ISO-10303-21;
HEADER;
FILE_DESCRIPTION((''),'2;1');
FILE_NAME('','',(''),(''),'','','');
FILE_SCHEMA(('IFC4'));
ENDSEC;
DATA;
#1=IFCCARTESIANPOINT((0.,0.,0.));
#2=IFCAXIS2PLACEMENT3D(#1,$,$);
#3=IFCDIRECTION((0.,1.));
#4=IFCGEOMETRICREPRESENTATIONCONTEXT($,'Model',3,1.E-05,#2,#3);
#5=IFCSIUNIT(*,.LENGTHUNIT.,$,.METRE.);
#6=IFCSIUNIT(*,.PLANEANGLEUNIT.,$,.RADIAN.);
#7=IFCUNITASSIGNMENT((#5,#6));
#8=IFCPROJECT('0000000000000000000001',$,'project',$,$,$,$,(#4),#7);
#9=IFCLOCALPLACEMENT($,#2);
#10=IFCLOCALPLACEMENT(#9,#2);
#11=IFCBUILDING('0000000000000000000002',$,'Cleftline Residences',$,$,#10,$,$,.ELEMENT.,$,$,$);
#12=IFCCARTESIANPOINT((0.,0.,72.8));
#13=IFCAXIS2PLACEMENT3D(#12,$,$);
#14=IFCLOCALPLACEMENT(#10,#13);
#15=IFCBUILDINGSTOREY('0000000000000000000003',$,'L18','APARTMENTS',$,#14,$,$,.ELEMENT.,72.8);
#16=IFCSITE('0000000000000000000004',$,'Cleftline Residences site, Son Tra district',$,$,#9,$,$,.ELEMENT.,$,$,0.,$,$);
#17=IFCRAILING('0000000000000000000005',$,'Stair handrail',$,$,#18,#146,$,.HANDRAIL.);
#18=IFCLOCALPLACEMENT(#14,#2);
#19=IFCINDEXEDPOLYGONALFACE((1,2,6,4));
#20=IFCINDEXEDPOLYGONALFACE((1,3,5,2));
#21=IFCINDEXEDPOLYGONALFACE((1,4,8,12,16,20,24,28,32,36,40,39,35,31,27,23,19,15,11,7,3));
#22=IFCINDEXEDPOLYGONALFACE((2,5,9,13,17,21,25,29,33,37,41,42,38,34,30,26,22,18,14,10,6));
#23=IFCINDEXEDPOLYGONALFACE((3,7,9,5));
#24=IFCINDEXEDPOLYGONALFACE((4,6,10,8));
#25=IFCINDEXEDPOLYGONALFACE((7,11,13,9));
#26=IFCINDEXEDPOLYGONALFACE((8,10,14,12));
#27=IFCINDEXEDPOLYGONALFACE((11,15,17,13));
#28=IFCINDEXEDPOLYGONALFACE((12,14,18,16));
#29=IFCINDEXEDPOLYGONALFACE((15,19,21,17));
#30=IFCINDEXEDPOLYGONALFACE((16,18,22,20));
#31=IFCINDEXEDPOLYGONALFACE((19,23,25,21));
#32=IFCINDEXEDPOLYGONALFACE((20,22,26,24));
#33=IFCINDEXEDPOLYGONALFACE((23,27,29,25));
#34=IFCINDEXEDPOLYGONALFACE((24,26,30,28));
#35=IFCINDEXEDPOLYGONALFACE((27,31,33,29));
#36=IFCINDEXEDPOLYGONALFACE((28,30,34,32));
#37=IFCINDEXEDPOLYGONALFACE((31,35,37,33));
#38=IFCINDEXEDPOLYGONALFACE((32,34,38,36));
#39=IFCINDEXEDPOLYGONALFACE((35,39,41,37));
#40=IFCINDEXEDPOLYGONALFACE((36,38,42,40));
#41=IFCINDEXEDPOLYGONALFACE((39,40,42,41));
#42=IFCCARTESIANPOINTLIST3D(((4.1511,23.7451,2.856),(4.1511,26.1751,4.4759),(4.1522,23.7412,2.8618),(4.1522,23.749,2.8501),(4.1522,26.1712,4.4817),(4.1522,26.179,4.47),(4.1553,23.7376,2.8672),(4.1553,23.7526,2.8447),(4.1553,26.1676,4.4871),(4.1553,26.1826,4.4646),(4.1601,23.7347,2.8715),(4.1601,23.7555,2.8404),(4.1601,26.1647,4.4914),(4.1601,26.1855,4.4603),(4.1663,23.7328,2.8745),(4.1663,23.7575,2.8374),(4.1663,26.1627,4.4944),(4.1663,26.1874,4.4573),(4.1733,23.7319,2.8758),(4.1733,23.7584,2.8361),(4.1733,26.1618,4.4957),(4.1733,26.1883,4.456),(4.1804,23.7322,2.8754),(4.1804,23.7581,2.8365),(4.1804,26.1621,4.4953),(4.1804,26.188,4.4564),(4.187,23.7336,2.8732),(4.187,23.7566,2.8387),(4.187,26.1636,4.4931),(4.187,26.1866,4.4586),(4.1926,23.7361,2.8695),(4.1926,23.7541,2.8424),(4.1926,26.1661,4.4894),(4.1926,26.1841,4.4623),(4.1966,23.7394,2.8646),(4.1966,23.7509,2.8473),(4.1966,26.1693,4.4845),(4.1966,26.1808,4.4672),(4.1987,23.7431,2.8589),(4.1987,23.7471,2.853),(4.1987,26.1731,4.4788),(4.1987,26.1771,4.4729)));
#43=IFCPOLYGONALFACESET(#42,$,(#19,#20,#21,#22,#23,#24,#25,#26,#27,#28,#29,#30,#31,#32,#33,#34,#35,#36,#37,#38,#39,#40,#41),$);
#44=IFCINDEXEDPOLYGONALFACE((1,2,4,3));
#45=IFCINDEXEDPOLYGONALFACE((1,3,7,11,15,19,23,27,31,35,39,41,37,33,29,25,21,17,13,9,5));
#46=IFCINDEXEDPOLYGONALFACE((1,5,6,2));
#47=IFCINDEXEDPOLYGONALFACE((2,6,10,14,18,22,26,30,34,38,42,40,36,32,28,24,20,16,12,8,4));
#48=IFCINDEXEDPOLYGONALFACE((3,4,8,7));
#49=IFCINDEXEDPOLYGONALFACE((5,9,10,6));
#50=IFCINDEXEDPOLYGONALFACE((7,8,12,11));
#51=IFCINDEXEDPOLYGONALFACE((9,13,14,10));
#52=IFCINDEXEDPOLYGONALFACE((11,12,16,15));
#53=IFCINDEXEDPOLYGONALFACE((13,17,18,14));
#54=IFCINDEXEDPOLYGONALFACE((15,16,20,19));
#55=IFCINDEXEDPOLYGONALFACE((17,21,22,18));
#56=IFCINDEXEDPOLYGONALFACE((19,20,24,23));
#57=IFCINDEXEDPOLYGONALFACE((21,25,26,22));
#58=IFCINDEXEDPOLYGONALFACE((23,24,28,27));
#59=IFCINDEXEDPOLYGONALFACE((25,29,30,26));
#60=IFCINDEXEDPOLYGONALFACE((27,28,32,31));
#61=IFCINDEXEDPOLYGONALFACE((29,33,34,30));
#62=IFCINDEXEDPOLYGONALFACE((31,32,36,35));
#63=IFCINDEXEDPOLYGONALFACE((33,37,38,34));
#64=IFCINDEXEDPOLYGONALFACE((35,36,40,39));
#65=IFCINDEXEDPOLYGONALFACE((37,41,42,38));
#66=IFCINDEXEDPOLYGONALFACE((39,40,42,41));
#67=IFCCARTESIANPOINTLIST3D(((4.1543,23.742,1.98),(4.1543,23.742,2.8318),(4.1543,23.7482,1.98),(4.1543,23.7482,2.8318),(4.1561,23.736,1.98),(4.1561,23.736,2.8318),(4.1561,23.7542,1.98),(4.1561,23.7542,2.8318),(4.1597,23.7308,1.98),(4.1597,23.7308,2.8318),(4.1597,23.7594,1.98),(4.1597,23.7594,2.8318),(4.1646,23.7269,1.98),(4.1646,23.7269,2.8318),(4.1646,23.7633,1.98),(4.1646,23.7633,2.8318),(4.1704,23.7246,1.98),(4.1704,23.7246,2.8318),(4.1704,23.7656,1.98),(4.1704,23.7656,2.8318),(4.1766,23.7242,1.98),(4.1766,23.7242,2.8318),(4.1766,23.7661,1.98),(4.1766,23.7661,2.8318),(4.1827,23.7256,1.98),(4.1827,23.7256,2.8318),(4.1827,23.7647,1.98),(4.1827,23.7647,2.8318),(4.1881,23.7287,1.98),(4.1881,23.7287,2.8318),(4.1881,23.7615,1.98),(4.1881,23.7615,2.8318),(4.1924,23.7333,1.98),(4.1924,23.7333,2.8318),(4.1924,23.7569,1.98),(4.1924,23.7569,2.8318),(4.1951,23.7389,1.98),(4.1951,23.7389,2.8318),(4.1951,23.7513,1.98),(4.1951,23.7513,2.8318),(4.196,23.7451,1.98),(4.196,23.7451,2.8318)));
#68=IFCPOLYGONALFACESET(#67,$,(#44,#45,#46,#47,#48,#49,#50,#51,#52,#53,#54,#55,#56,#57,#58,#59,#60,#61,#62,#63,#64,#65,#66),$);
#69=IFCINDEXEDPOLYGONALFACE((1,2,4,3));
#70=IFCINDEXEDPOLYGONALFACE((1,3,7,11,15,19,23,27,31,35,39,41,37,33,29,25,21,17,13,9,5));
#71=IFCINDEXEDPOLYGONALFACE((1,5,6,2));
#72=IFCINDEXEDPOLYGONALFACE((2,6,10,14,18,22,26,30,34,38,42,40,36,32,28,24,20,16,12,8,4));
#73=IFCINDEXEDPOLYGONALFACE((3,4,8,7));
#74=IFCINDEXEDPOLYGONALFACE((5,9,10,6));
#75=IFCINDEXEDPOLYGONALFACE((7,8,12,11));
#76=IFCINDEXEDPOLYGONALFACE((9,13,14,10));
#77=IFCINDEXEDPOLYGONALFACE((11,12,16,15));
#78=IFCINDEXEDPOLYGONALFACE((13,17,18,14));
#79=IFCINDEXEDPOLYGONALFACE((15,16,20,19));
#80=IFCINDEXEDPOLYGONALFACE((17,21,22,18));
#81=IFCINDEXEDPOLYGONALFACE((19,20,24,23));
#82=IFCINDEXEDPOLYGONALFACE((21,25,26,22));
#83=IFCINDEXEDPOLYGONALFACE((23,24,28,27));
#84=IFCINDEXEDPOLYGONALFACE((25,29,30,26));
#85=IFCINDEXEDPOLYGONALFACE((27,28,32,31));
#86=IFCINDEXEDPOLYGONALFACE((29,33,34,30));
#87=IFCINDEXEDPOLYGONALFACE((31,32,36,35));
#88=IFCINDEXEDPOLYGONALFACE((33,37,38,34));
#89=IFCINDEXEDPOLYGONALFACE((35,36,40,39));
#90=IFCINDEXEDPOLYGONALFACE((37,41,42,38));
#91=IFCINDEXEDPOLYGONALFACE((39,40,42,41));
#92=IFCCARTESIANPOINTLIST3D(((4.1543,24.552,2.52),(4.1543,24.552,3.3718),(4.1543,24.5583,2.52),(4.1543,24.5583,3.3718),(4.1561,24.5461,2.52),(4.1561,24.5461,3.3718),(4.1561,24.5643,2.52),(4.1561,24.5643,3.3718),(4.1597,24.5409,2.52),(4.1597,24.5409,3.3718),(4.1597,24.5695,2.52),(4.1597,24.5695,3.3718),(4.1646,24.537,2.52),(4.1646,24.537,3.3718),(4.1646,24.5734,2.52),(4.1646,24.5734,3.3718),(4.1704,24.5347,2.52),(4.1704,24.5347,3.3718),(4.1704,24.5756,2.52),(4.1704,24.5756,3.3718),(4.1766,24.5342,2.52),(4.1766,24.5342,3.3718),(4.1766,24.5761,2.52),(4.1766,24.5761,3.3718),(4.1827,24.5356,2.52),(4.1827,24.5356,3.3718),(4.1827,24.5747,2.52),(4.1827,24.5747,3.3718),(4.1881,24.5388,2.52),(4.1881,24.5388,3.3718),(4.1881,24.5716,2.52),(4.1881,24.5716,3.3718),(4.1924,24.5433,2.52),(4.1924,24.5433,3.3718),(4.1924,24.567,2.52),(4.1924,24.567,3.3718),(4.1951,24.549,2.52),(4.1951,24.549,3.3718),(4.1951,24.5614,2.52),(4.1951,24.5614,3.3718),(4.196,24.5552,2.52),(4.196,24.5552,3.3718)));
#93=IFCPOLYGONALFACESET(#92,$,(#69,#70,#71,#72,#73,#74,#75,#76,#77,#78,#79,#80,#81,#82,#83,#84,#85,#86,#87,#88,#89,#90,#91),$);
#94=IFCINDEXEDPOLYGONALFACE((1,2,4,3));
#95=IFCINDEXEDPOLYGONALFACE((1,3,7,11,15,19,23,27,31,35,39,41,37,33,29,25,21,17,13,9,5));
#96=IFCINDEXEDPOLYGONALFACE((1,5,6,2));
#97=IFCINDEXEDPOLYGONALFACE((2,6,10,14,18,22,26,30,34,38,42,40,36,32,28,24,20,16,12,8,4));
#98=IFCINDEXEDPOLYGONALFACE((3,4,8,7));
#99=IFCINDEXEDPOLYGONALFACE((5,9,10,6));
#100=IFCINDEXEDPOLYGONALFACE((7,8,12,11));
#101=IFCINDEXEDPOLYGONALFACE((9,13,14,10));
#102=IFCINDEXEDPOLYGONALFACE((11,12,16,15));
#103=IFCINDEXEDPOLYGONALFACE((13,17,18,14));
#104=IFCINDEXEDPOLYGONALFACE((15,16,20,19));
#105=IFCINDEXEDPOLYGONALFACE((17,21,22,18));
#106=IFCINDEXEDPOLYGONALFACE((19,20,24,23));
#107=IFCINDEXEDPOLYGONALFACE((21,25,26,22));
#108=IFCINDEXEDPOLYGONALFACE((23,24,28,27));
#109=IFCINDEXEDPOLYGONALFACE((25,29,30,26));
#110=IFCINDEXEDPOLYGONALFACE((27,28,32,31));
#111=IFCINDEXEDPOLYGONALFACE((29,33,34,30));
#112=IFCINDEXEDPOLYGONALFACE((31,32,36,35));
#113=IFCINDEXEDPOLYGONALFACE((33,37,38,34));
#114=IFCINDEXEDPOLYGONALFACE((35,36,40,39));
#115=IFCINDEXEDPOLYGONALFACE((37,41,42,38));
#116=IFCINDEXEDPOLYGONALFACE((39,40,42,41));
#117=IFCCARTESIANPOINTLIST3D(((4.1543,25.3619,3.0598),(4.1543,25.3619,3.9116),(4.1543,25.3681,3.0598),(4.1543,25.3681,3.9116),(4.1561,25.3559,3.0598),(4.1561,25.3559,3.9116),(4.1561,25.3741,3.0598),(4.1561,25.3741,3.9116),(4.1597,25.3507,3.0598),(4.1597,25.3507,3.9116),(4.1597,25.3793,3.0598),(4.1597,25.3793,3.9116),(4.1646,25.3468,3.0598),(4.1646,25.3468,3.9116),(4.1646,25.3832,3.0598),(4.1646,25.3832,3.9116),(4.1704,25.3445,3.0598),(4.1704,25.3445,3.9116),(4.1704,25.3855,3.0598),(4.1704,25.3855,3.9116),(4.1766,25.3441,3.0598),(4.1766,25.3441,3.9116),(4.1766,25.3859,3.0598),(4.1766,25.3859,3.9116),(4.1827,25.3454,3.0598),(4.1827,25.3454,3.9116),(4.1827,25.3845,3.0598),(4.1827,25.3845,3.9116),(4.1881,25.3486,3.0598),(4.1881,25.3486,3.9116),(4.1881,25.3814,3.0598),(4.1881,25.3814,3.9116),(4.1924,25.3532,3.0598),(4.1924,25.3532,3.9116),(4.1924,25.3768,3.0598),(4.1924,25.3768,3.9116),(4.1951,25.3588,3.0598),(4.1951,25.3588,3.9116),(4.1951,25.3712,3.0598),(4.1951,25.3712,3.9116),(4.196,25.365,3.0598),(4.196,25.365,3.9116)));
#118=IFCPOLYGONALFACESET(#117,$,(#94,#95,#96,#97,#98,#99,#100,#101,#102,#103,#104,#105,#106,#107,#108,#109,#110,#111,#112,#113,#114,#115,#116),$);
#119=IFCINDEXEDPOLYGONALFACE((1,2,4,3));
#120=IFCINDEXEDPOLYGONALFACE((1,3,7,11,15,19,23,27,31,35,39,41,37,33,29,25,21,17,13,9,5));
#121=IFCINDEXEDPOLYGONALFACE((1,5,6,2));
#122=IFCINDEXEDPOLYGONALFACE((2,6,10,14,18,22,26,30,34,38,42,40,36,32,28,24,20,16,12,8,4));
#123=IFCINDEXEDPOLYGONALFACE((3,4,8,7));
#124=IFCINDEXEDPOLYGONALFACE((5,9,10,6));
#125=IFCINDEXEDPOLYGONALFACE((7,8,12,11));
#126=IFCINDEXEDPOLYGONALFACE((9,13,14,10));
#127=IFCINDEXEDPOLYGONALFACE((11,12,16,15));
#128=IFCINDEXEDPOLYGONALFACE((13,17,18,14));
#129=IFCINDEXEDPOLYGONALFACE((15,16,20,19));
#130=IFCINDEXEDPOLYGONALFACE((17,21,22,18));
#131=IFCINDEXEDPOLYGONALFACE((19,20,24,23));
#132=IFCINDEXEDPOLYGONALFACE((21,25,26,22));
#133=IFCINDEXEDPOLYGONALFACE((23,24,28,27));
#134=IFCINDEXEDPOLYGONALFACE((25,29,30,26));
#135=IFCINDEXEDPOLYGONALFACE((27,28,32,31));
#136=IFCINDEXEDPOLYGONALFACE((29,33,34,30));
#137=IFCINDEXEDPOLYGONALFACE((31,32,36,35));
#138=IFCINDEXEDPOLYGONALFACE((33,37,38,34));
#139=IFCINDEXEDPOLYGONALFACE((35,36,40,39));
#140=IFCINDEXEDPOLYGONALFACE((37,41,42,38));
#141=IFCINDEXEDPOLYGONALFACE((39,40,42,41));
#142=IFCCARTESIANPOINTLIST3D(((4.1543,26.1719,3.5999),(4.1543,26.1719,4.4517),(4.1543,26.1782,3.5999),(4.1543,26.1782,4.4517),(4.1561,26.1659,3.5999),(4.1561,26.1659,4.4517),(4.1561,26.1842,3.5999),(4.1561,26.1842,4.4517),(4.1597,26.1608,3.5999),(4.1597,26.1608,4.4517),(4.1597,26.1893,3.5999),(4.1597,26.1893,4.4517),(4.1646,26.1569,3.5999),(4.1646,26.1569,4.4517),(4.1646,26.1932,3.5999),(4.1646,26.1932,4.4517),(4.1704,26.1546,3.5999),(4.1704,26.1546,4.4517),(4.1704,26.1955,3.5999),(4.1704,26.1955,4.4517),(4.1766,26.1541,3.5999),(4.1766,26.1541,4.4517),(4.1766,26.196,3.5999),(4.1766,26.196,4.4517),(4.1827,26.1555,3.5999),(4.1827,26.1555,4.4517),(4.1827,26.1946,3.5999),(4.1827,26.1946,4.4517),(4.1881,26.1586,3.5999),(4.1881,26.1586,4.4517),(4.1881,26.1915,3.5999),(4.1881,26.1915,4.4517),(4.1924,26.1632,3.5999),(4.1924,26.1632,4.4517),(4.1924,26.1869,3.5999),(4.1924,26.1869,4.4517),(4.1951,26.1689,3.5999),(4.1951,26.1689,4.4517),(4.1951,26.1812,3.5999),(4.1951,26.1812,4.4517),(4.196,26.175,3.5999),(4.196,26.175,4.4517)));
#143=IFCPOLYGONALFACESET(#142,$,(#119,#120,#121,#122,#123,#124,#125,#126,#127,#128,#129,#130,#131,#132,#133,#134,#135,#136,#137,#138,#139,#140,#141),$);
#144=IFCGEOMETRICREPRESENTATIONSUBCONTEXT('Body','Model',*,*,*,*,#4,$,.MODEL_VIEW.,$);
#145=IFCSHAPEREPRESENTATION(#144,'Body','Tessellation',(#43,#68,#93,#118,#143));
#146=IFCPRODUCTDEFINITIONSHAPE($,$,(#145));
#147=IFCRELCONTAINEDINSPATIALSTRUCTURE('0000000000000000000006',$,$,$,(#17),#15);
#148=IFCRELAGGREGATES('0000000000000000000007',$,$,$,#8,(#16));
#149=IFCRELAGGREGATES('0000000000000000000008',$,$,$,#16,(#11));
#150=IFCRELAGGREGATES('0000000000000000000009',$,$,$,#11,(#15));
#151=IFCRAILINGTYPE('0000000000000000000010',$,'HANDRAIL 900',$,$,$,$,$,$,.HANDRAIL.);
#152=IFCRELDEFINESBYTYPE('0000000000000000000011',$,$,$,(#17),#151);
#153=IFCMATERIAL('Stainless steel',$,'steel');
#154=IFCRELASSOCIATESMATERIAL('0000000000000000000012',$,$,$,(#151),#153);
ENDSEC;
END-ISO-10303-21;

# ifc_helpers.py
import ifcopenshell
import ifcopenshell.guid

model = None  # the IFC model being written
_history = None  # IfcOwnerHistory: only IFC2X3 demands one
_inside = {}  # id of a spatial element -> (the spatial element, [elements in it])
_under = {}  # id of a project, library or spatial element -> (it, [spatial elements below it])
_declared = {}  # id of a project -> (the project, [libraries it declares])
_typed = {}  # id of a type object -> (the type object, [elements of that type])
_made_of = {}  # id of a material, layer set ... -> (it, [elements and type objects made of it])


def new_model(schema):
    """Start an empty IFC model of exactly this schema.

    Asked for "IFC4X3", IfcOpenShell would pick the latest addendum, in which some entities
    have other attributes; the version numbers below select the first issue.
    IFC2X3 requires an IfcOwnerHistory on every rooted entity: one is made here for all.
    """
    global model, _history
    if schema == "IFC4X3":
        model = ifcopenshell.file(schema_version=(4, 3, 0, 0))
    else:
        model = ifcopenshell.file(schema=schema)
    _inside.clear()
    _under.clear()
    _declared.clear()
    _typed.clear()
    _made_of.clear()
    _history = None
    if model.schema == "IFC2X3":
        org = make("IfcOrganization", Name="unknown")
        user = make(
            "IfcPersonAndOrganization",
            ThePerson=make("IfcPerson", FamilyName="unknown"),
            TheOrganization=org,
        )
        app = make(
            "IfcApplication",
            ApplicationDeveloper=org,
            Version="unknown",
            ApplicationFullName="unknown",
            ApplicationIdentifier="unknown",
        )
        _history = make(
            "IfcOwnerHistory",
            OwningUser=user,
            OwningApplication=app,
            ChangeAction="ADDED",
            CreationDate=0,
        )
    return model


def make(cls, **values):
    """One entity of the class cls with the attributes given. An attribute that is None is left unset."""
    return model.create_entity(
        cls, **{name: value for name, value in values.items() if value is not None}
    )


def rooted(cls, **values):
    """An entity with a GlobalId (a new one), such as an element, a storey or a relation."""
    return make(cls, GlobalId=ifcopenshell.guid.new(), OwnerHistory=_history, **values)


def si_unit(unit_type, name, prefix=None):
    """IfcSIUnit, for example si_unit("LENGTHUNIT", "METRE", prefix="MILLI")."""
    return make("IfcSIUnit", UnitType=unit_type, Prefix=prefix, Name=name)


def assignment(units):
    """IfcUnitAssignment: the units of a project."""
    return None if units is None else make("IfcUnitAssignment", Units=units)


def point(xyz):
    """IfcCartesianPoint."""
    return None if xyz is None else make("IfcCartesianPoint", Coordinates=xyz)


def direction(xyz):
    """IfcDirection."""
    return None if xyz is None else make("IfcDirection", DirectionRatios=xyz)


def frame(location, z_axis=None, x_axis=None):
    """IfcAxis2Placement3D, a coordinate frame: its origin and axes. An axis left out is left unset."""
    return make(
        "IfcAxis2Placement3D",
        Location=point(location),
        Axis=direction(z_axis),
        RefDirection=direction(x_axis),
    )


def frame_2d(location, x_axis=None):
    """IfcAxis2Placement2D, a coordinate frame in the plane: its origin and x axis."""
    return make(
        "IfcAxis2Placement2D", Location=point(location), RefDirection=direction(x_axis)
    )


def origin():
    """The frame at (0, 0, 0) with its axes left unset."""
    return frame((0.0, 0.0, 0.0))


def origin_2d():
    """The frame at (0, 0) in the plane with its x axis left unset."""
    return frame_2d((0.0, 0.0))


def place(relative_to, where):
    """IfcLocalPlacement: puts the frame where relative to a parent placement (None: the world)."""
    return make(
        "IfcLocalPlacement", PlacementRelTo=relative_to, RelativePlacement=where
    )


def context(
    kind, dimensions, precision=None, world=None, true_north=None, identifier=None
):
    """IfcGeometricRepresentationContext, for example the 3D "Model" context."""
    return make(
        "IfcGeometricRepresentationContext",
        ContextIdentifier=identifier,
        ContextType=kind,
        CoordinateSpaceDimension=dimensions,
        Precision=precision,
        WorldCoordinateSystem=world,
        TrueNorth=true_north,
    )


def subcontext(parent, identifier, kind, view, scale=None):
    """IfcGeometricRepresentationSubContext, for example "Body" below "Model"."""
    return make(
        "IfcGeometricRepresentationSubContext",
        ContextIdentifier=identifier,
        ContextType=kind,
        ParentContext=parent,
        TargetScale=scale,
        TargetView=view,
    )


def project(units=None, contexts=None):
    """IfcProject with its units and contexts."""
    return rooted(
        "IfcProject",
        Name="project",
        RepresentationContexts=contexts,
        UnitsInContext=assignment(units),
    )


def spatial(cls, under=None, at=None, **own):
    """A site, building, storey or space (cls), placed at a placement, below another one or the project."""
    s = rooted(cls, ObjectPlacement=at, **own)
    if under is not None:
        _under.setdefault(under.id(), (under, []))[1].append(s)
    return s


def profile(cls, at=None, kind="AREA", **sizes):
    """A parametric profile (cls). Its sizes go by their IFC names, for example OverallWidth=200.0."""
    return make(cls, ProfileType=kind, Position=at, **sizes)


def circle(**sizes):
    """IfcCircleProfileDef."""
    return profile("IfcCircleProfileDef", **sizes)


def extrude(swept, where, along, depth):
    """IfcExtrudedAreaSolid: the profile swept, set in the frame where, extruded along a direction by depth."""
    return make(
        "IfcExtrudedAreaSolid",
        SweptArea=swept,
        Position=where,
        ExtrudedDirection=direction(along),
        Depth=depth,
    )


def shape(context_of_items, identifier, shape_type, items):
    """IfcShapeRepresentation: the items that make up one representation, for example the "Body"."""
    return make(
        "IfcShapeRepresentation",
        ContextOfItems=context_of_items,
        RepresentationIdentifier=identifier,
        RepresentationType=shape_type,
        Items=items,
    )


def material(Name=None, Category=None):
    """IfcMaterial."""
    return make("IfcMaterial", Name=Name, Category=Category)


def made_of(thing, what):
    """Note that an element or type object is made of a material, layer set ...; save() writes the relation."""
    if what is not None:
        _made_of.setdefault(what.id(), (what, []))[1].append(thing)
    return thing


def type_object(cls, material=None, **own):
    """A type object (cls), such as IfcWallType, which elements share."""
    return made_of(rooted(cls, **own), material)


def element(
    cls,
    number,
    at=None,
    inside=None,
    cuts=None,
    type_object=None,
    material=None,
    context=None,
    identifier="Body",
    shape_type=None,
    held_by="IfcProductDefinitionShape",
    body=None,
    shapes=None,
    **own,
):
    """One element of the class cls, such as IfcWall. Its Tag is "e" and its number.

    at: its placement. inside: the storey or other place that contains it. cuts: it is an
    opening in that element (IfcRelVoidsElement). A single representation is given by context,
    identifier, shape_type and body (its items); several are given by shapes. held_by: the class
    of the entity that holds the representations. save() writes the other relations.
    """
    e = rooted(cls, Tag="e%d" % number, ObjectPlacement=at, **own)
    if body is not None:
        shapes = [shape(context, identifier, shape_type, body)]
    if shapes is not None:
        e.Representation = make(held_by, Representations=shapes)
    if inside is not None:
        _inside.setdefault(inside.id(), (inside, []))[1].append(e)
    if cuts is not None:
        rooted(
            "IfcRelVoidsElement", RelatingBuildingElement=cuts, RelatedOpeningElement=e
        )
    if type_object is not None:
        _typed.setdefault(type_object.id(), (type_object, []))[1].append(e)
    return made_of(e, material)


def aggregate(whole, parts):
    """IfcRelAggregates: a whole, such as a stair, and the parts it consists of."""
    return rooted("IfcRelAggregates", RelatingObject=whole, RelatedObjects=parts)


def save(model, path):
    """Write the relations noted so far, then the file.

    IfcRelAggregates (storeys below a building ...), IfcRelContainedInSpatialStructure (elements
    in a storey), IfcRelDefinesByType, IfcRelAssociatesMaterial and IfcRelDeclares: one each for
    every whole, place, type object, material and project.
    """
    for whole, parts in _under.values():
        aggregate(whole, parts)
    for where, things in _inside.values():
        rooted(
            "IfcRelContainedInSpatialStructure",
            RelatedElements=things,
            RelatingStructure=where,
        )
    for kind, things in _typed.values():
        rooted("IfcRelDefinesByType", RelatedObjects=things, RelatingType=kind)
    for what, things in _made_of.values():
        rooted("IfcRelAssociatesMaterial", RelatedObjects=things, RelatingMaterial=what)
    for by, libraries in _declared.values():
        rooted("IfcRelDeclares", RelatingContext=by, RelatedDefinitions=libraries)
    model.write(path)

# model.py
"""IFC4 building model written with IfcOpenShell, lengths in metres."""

from ifc_helpers import new_model, si_unit, direction, frame, origin, origin_2d, place, context, subcontext, project, spatial, circle, extrude, material, type_object, element, save


model = new_model("IFC4")

# Units and contexts
model_context = context("Model", 3, precision=1e-05, world=origin(), true_north=direction((0.0, 1.0)))
body_context = subcontext(model_context, "Body", "Model", "MODEL_VIEW")
ifc_project = project(units=[si_unit("LENGTHUNIT", "METRE"), si_unit("PLANEANGLEUNIT", "RADIAN")], contexts=[model_context])

# Site, building, storey
site_placement = place(None, origin())
site = spatial("IfcSite", under=ifc_project, at=site_placement, Name="Cleftline Residences site, Son Tra district", CompositionType="ELEMENT", RefElevation=0.0)
building_placement = place(site_placement, origin())
building = spatial("IfcBuilding", under=site, at=building_placement, Name="Cleftline Residences", CompositionType="ELEMENT")
storey_placement = place(building_placement, frame((0.0, 0.0, 72.8)))
storey = spatial("IfcBuildingStorey", under=building, at=storey_placement, Name="L18", Description="APARTMENTS", CompositionType="ELEMENT", Elevation=72.8)

# Railing
ifc_material_1 = material(Name="Stainless steel", Category="steel")
railing_type = type_object("IfcRailingType", Name="HANDRAIL 900", PredefinedType="HANDRAIL", material=ifc_material_1)
railing_1_placement = place(storey_placement, frame((4.175, 23.7451, 1.98)))
element("IfcRailing", 1, at=railing_1_placement, inside=storey, type_object=railing_type, Name="Stair handrail", PredefinedType="HANDRAIL", context=body_context, shape_type="SweptSolid", body=[
    extrude(circle(Radius=0.0239, at=origin_2d()), frame((0.0, 0.0, 0.876), z_axis=(0.0, 0.832063, 0.554681), x_axis=(-1.0, 0.0, 0.0)), (0.0, 0.0, 1.0), 2.9204),
    extrude(circle(Radius=0.021, at=origin_2d()), origin(), (0.0, 0.0, 1.0), 0.8518),
    extrude(circle(Radius=0.021, at=origin_2d()), frame((0.0, 0.8101, 0.54)), (0.0, 0.0, 1.0), 0.8518),
    extrude(circle(Radius=0.021, at=origin_2d()), frame((0.0, 1.6199, 1.0798)), (0.0, 0.0, 1.0), 0.8518),
    extrude(circle(Radius=0.021, at=origin_2d()), frame((0.0, 2.4299, 1.6199)), (0.0, 0.0, 1.0), 0.8518),
])

save(model, "model.ifc")
